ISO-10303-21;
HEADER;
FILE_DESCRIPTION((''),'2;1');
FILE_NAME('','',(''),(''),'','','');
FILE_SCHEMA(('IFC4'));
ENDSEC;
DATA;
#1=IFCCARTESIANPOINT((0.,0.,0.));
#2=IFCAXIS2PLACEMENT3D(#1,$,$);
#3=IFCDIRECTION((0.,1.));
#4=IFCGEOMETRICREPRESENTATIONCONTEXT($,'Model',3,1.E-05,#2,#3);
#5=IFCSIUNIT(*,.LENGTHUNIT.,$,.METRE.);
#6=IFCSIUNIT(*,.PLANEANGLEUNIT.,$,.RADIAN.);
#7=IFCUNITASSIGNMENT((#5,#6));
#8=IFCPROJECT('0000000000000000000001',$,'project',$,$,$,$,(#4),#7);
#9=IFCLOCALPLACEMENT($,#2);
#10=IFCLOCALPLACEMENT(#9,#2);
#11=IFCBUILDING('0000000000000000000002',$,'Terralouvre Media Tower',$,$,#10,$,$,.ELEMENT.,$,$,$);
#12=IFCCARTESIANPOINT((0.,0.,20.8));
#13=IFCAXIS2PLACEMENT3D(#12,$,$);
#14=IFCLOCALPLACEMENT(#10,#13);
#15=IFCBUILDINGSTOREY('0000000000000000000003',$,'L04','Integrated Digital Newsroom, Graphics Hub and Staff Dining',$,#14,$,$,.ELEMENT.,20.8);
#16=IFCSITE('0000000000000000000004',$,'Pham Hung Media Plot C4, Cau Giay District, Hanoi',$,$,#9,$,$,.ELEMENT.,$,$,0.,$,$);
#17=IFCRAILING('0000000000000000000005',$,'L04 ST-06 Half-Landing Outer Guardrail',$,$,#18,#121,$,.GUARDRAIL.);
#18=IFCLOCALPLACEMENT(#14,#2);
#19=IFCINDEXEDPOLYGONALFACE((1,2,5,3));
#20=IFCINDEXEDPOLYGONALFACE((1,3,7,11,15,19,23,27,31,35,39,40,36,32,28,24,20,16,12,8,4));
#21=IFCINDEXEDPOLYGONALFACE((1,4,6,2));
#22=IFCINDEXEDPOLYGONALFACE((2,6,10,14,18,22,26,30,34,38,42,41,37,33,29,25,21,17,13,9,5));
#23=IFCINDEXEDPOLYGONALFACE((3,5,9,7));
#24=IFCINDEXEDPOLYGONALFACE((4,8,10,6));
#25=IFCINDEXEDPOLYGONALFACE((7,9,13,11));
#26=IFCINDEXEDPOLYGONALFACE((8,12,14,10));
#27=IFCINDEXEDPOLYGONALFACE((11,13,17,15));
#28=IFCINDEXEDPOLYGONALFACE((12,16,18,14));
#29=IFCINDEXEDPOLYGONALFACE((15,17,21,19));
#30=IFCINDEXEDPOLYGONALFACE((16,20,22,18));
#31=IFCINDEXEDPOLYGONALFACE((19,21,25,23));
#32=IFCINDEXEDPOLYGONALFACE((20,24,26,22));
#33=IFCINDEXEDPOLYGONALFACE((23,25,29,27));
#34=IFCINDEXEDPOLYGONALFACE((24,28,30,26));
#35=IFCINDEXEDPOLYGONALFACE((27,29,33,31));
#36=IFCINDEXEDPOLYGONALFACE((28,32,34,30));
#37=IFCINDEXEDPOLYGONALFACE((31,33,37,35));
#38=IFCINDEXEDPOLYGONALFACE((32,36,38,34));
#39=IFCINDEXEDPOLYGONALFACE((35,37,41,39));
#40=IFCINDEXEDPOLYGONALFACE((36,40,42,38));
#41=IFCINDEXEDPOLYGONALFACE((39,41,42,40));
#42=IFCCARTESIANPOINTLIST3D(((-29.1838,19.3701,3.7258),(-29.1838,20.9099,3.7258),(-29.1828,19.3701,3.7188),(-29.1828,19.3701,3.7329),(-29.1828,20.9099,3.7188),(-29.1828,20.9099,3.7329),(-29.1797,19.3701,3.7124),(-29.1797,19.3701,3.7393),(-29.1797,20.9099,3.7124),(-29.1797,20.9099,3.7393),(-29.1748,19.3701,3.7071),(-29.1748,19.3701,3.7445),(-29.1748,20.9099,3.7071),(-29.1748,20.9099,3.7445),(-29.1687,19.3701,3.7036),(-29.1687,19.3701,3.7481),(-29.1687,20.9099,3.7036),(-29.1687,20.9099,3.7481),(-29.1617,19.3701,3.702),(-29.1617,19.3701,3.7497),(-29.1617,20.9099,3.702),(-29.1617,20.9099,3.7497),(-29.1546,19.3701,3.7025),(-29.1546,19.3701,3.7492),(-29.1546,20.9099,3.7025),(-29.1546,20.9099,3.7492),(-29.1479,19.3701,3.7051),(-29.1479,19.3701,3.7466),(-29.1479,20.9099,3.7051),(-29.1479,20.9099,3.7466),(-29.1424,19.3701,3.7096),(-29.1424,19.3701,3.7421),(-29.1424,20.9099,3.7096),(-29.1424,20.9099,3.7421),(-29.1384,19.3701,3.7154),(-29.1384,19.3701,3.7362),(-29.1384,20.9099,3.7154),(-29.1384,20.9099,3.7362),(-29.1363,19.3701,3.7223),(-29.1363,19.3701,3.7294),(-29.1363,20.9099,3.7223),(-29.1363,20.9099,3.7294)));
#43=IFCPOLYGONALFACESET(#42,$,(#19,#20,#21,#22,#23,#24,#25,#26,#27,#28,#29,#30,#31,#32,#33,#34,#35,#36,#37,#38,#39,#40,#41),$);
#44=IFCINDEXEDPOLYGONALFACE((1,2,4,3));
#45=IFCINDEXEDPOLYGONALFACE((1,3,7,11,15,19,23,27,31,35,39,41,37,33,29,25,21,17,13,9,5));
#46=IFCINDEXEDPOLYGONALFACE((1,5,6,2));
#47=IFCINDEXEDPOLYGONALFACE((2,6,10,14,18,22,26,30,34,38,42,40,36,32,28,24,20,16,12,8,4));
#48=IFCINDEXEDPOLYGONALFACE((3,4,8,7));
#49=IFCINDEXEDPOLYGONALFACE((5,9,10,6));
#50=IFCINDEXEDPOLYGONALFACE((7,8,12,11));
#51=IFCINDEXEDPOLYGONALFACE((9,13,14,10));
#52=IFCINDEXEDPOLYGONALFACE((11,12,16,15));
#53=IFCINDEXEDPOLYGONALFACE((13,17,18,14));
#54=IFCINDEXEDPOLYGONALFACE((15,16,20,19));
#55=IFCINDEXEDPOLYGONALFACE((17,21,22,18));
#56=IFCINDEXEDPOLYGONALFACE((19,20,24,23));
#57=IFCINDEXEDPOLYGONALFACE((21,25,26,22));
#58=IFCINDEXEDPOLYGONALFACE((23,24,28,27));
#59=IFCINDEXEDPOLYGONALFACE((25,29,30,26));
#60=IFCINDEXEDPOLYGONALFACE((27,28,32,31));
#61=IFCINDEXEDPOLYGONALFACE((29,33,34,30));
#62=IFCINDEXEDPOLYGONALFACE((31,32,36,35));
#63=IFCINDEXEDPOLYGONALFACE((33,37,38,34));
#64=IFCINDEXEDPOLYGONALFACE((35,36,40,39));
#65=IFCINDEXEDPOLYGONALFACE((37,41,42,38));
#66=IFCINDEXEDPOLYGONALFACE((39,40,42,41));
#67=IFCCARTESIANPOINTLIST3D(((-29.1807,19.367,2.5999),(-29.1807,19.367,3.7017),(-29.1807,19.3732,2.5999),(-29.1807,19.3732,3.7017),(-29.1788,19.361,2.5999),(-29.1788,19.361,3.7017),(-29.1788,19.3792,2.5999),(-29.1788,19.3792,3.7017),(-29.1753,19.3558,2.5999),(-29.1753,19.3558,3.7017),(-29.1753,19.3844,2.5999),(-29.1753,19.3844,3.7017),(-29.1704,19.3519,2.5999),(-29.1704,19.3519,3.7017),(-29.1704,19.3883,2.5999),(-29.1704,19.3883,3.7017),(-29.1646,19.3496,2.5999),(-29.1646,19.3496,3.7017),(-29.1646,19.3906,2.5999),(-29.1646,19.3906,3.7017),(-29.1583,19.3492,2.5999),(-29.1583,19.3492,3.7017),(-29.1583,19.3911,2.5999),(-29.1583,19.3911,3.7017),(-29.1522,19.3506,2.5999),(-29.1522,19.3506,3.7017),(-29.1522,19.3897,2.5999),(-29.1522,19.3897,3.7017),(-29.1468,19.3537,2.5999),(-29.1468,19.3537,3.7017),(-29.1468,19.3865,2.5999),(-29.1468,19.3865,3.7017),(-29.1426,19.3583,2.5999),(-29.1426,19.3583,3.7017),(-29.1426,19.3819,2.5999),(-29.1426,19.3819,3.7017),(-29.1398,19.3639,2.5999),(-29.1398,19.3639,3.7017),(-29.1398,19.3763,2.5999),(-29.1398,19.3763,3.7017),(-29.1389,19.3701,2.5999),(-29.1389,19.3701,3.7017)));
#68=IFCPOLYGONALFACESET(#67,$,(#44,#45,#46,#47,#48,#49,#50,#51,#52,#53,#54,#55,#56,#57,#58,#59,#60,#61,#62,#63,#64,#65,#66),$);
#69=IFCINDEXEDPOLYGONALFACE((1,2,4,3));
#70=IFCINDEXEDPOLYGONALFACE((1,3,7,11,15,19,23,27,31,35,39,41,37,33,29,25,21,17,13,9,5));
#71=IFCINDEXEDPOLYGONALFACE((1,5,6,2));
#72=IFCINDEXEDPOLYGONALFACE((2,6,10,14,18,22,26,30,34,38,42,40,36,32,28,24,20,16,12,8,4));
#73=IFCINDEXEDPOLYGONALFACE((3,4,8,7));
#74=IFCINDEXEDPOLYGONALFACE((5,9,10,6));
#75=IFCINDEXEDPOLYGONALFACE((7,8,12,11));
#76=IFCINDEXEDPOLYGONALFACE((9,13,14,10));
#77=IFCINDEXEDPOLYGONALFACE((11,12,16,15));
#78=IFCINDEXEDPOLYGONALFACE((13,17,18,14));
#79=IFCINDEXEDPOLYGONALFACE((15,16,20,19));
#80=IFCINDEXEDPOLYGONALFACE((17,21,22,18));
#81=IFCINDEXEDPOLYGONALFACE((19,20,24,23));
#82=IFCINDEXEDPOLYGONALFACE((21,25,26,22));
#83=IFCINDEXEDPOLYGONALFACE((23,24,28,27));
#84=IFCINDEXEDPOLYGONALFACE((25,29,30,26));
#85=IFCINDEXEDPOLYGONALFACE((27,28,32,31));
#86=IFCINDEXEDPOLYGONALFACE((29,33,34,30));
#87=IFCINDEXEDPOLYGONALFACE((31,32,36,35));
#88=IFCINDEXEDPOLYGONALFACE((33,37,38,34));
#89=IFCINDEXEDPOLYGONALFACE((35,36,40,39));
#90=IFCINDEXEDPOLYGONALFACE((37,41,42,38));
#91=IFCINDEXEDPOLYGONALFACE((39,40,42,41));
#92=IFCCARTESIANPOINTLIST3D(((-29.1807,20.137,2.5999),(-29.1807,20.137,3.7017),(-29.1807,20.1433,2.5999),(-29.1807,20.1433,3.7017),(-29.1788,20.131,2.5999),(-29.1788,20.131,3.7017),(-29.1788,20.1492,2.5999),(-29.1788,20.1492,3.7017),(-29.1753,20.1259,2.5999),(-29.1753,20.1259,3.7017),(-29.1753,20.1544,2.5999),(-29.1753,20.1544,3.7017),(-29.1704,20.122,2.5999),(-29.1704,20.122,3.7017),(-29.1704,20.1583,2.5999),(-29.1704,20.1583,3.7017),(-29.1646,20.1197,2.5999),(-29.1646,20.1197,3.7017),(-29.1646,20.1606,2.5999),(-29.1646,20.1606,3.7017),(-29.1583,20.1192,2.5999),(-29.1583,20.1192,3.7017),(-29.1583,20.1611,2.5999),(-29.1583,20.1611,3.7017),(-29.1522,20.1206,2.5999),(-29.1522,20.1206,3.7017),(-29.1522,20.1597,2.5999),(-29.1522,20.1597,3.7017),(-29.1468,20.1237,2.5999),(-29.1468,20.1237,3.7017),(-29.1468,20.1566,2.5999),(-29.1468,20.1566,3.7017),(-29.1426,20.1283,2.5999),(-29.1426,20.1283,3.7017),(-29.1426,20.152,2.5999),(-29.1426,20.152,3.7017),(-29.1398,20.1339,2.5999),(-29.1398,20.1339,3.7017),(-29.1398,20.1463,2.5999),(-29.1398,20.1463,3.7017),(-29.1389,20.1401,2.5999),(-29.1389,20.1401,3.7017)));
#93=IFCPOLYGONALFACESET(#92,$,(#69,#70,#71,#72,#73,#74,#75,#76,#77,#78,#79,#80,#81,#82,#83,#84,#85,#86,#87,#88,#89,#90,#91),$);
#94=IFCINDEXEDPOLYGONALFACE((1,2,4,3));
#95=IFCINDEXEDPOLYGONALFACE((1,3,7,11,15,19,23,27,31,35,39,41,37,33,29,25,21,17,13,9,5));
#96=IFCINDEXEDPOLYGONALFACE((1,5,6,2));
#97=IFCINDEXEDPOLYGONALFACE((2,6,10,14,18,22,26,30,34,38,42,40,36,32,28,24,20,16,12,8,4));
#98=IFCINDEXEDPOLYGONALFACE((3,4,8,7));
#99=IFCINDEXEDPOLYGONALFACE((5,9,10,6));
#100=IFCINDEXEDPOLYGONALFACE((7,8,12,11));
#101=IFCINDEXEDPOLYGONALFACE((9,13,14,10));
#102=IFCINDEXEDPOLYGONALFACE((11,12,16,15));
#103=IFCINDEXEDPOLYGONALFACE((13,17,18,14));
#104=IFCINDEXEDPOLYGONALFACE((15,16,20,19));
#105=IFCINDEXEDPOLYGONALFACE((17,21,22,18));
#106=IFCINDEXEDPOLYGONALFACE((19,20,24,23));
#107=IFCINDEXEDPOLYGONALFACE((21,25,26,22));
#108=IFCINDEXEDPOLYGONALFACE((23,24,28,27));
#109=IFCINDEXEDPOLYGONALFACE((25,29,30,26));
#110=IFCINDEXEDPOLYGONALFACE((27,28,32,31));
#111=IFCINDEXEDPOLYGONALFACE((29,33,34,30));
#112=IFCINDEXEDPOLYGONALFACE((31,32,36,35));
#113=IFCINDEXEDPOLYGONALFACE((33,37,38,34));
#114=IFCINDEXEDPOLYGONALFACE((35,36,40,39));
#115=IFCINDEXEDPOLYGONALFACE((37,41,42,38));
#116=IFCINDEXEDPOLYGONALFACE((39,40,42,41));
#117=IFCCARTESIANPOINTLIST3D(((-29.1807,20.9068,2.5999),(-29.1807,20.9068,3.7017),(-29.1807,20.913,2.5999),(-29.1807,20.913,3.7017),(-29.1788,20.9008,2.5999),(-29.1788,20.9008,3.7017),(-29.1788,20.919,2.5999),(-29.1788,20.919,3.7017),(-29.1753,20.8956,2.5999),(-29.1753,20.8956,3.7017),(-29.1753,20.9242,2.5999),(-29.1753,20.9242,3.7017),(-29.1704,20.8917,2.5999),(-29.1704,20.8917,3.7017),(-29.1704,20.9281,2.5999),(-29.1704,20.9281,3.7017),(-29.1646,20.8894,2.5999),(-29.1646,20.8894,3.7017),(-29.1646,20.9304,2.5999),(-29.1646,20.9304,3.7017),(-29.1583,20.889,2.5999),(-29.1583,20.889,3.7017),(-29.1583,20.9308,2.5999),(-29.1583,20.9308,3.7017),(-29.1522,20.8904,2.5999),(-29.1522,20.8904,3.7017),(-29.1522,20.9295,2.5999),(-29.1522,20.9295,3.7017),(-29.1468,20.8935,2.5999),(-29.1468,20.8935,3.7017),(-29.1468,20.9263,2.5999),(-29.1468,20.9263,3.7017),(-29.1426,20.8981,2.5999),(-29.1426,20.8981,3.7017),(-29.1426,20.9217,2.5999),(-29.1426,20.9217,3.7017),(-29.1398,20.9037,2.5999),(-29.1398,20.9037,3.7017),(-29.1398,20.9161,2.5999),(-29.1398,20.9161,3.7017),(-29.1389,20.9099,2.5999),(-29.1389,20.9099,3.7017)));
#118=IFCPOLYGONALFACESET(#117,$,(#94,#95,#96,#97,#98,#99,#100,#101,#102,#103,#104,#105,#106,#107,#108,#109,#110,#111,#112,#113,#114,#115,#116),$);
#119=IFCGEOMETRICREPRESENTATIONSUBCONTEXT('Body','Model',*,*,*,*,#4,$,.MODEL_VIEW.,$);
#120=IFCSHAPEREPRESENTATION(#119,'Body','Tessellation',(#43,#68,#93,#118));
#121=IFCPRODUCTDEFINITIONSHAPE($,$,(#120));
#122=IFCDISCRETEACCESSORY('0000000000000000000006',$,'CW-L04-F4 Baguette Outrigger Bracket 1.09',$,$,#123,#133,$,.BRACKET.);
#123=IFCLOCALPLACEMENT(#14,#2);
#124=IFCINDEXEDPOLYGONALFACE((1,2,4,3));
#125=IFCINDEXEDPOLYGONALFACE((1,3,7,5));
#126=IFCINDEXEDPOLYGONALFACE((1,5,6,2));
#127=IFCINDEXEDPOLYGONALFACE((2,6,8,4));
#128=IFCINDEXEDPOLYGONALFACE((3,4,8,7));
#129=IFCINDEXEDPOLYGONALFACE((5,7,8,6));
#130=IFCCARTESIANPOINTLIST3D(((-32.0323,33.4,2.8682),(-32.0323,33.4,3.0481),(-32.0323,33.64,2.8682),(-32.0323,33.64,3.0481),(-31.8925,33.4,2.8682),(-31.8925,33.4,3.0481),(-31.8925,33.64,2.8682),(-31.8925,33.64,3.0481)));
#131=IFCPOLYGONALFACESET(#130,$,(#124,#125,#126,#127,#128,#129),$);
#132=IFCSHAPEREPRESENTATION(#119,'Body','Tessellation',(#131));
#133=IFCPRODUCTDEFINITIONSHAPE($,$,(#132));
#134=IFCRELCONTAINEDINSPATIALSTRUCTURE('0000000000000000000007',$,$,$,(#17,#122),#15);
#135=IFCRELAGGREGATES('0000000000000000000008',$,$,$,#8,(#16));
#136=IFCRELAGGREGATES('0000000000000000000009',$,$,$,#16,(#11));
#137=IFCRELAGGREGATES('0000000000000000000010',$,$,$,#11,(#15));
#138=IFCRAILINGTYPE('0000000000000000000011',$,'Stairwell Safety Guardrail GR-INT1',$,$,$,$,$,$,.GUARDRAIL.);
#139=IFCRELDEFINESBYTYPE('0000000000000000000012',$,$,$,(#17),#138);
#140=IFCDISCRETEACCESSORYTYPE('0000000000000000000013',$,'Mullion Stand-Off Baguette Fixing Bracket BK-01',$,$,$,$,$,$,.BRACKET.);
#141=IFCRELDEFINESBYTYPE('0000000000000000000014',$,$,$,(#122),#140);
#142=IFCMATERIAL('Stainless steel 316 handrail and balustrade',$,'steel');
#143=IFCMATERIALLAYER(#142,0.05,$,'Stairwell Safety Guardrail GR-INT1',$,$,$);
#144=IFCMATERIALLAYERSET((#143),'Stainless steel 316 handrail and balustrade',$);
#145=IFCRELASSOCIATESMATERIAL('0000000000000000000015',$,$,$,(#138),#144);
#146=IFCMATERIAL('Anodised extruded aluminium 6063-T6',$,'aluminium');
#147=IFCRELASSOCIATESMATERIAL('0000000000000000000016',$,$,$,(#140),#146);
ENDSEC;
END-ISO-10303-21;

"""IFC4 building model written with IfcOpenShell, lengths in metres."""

from ifc_helpers import new_model, si_unit, direction, frame, origin, origin_2d, place, context, subcontext, project, spatial, rectangle, circle, extrude, material, layer, layer_set, type_object, element, save


model = new_model("IFC4")

# Units and contexts
model_context = context("Model", 3, precision=1e-05, world=origin(), true_north=direction((0.0, 1.0)))
body_context = subcontext(model_context, "Body", "Model", "MODEL_VIEW")
ifc_project = project(units=[si_unit("LENGTHUNIT", "METRE"), si_unit("PLANEANGLEUNIT", "RADIAN")], contexts=[model_context])

# Site, building, storey
site_placement = place(None, origin())
site = spatial("IfcSite", under=ifc_project, at=site_placement, Name="Pham Hung Media Plot C4, Cau Giay District, Hanoi", CompositionType="ELEMENT", RefElevation=0.0)
building_placement = place(site_placement, origin())
building = spatial("IfcBuilding", under=site, at=building_placement, Name="Terralouvre Media Tower", CompositionType="ELEMENT")
storey_placement = place(building_placement, frame((0.0, 0.0, 20.8)))
storey = spatial("IfcBuildingStorey", under=building, at=storey_placement, Name="L04", Description="Integrated Digital Newsroom, Graphics Hub and Staff Dining", CompositionType="ELEMENT", Elevation=20.8)

# Railing
ifc_material_1 = material(Name="Stainless steel 316 handrail and balustrade", Category="steel")
ifc_layer_1 = layer(ifc_material_1, 0.05, Name="Stairwell Safety Guardrail GR-INT1")
ifc_layer_set_1 = layer_set([ifc_layer_1], Name="Stainless steel 316 handrail and balustrade")
railing_type_1 = type_object("IfcRailingType", Name="Stairwell Safety Guardrail GR-INT1", PredefinedType="GUARDRAIL", material=ifc_layer_set_1)
railing_1_placement = place(storey_placement, frame((-29.1599, 19.3701, 2.5999)))
element("IfcRailing", 1, at=railing_1_placement, inside=storey, type_object=railing_type_1, Name="L04 ST-06 Half-Landing Outer Guardrail", PredefinedType="GUARDRAIL", context=body_context, shape_type="SweptSolid", body=[
    extrude(circle(Radius=0.0239, at=origin_2d()), frame((0.0, 0.0, 1.126), z_axis=(0.0, 1.0, 0.0), x_axis=(-1.0, 0.0, 0.0)), (0.0, 0.0, 1.0), 1.5398),
    extrude(circle(Radius=0.021, at=origin_2d()), origin(), (0.0, 0.0, 1.0), 1.1018),
    extrude(circle(Radius=0.021, at=origin_2d()), frame((0.0, 0.77, 0.0)), (0.0, 0.0, 1.0), 1.1018),
    extrude(circle(Radius=0.021, at=origin_2d()), frame((0.0, 1.5398, 0.0)), (0.0, 0.0, 1.0), 1.1018),
])

# Discrete accessory
ifc_material_2 = material(Name="Anodised extruded aluminium 6063-T6", Category="aluminium")
discrete_accessory_type = type_object("IfcDiscreteAccessoryType", Name="Mullion Stand-Off Baguette Fixing Bracket BK-01", PredefinedType="BRACKET", material=ifc_material_2)
discrete_accessory_placement = place(storey_placement, frame((-31.9624, 33.52, 2.8682), z_axis=(0.0, 0.0, 1.0), x_axis=(-1.0, 0.0, 0.0)))
element("IfcDiscreteAccessory", 2, at=discrete_accessory_placement, inside=storey, type_object=discrete_accessory_type, Name="CW-L04-F4 Baguette Outrigger Bracket 1.09", PredefinedType="BRACKET", context=body_context, shape_type="SweptSolid", body=[
    extrude(rectangle(XDim=0.1399, YDim=0.24, at=origin_2d()), origin(), (0.0, 0.0, 1.0), 0.1799),
])

save(model, "model.ifc")
